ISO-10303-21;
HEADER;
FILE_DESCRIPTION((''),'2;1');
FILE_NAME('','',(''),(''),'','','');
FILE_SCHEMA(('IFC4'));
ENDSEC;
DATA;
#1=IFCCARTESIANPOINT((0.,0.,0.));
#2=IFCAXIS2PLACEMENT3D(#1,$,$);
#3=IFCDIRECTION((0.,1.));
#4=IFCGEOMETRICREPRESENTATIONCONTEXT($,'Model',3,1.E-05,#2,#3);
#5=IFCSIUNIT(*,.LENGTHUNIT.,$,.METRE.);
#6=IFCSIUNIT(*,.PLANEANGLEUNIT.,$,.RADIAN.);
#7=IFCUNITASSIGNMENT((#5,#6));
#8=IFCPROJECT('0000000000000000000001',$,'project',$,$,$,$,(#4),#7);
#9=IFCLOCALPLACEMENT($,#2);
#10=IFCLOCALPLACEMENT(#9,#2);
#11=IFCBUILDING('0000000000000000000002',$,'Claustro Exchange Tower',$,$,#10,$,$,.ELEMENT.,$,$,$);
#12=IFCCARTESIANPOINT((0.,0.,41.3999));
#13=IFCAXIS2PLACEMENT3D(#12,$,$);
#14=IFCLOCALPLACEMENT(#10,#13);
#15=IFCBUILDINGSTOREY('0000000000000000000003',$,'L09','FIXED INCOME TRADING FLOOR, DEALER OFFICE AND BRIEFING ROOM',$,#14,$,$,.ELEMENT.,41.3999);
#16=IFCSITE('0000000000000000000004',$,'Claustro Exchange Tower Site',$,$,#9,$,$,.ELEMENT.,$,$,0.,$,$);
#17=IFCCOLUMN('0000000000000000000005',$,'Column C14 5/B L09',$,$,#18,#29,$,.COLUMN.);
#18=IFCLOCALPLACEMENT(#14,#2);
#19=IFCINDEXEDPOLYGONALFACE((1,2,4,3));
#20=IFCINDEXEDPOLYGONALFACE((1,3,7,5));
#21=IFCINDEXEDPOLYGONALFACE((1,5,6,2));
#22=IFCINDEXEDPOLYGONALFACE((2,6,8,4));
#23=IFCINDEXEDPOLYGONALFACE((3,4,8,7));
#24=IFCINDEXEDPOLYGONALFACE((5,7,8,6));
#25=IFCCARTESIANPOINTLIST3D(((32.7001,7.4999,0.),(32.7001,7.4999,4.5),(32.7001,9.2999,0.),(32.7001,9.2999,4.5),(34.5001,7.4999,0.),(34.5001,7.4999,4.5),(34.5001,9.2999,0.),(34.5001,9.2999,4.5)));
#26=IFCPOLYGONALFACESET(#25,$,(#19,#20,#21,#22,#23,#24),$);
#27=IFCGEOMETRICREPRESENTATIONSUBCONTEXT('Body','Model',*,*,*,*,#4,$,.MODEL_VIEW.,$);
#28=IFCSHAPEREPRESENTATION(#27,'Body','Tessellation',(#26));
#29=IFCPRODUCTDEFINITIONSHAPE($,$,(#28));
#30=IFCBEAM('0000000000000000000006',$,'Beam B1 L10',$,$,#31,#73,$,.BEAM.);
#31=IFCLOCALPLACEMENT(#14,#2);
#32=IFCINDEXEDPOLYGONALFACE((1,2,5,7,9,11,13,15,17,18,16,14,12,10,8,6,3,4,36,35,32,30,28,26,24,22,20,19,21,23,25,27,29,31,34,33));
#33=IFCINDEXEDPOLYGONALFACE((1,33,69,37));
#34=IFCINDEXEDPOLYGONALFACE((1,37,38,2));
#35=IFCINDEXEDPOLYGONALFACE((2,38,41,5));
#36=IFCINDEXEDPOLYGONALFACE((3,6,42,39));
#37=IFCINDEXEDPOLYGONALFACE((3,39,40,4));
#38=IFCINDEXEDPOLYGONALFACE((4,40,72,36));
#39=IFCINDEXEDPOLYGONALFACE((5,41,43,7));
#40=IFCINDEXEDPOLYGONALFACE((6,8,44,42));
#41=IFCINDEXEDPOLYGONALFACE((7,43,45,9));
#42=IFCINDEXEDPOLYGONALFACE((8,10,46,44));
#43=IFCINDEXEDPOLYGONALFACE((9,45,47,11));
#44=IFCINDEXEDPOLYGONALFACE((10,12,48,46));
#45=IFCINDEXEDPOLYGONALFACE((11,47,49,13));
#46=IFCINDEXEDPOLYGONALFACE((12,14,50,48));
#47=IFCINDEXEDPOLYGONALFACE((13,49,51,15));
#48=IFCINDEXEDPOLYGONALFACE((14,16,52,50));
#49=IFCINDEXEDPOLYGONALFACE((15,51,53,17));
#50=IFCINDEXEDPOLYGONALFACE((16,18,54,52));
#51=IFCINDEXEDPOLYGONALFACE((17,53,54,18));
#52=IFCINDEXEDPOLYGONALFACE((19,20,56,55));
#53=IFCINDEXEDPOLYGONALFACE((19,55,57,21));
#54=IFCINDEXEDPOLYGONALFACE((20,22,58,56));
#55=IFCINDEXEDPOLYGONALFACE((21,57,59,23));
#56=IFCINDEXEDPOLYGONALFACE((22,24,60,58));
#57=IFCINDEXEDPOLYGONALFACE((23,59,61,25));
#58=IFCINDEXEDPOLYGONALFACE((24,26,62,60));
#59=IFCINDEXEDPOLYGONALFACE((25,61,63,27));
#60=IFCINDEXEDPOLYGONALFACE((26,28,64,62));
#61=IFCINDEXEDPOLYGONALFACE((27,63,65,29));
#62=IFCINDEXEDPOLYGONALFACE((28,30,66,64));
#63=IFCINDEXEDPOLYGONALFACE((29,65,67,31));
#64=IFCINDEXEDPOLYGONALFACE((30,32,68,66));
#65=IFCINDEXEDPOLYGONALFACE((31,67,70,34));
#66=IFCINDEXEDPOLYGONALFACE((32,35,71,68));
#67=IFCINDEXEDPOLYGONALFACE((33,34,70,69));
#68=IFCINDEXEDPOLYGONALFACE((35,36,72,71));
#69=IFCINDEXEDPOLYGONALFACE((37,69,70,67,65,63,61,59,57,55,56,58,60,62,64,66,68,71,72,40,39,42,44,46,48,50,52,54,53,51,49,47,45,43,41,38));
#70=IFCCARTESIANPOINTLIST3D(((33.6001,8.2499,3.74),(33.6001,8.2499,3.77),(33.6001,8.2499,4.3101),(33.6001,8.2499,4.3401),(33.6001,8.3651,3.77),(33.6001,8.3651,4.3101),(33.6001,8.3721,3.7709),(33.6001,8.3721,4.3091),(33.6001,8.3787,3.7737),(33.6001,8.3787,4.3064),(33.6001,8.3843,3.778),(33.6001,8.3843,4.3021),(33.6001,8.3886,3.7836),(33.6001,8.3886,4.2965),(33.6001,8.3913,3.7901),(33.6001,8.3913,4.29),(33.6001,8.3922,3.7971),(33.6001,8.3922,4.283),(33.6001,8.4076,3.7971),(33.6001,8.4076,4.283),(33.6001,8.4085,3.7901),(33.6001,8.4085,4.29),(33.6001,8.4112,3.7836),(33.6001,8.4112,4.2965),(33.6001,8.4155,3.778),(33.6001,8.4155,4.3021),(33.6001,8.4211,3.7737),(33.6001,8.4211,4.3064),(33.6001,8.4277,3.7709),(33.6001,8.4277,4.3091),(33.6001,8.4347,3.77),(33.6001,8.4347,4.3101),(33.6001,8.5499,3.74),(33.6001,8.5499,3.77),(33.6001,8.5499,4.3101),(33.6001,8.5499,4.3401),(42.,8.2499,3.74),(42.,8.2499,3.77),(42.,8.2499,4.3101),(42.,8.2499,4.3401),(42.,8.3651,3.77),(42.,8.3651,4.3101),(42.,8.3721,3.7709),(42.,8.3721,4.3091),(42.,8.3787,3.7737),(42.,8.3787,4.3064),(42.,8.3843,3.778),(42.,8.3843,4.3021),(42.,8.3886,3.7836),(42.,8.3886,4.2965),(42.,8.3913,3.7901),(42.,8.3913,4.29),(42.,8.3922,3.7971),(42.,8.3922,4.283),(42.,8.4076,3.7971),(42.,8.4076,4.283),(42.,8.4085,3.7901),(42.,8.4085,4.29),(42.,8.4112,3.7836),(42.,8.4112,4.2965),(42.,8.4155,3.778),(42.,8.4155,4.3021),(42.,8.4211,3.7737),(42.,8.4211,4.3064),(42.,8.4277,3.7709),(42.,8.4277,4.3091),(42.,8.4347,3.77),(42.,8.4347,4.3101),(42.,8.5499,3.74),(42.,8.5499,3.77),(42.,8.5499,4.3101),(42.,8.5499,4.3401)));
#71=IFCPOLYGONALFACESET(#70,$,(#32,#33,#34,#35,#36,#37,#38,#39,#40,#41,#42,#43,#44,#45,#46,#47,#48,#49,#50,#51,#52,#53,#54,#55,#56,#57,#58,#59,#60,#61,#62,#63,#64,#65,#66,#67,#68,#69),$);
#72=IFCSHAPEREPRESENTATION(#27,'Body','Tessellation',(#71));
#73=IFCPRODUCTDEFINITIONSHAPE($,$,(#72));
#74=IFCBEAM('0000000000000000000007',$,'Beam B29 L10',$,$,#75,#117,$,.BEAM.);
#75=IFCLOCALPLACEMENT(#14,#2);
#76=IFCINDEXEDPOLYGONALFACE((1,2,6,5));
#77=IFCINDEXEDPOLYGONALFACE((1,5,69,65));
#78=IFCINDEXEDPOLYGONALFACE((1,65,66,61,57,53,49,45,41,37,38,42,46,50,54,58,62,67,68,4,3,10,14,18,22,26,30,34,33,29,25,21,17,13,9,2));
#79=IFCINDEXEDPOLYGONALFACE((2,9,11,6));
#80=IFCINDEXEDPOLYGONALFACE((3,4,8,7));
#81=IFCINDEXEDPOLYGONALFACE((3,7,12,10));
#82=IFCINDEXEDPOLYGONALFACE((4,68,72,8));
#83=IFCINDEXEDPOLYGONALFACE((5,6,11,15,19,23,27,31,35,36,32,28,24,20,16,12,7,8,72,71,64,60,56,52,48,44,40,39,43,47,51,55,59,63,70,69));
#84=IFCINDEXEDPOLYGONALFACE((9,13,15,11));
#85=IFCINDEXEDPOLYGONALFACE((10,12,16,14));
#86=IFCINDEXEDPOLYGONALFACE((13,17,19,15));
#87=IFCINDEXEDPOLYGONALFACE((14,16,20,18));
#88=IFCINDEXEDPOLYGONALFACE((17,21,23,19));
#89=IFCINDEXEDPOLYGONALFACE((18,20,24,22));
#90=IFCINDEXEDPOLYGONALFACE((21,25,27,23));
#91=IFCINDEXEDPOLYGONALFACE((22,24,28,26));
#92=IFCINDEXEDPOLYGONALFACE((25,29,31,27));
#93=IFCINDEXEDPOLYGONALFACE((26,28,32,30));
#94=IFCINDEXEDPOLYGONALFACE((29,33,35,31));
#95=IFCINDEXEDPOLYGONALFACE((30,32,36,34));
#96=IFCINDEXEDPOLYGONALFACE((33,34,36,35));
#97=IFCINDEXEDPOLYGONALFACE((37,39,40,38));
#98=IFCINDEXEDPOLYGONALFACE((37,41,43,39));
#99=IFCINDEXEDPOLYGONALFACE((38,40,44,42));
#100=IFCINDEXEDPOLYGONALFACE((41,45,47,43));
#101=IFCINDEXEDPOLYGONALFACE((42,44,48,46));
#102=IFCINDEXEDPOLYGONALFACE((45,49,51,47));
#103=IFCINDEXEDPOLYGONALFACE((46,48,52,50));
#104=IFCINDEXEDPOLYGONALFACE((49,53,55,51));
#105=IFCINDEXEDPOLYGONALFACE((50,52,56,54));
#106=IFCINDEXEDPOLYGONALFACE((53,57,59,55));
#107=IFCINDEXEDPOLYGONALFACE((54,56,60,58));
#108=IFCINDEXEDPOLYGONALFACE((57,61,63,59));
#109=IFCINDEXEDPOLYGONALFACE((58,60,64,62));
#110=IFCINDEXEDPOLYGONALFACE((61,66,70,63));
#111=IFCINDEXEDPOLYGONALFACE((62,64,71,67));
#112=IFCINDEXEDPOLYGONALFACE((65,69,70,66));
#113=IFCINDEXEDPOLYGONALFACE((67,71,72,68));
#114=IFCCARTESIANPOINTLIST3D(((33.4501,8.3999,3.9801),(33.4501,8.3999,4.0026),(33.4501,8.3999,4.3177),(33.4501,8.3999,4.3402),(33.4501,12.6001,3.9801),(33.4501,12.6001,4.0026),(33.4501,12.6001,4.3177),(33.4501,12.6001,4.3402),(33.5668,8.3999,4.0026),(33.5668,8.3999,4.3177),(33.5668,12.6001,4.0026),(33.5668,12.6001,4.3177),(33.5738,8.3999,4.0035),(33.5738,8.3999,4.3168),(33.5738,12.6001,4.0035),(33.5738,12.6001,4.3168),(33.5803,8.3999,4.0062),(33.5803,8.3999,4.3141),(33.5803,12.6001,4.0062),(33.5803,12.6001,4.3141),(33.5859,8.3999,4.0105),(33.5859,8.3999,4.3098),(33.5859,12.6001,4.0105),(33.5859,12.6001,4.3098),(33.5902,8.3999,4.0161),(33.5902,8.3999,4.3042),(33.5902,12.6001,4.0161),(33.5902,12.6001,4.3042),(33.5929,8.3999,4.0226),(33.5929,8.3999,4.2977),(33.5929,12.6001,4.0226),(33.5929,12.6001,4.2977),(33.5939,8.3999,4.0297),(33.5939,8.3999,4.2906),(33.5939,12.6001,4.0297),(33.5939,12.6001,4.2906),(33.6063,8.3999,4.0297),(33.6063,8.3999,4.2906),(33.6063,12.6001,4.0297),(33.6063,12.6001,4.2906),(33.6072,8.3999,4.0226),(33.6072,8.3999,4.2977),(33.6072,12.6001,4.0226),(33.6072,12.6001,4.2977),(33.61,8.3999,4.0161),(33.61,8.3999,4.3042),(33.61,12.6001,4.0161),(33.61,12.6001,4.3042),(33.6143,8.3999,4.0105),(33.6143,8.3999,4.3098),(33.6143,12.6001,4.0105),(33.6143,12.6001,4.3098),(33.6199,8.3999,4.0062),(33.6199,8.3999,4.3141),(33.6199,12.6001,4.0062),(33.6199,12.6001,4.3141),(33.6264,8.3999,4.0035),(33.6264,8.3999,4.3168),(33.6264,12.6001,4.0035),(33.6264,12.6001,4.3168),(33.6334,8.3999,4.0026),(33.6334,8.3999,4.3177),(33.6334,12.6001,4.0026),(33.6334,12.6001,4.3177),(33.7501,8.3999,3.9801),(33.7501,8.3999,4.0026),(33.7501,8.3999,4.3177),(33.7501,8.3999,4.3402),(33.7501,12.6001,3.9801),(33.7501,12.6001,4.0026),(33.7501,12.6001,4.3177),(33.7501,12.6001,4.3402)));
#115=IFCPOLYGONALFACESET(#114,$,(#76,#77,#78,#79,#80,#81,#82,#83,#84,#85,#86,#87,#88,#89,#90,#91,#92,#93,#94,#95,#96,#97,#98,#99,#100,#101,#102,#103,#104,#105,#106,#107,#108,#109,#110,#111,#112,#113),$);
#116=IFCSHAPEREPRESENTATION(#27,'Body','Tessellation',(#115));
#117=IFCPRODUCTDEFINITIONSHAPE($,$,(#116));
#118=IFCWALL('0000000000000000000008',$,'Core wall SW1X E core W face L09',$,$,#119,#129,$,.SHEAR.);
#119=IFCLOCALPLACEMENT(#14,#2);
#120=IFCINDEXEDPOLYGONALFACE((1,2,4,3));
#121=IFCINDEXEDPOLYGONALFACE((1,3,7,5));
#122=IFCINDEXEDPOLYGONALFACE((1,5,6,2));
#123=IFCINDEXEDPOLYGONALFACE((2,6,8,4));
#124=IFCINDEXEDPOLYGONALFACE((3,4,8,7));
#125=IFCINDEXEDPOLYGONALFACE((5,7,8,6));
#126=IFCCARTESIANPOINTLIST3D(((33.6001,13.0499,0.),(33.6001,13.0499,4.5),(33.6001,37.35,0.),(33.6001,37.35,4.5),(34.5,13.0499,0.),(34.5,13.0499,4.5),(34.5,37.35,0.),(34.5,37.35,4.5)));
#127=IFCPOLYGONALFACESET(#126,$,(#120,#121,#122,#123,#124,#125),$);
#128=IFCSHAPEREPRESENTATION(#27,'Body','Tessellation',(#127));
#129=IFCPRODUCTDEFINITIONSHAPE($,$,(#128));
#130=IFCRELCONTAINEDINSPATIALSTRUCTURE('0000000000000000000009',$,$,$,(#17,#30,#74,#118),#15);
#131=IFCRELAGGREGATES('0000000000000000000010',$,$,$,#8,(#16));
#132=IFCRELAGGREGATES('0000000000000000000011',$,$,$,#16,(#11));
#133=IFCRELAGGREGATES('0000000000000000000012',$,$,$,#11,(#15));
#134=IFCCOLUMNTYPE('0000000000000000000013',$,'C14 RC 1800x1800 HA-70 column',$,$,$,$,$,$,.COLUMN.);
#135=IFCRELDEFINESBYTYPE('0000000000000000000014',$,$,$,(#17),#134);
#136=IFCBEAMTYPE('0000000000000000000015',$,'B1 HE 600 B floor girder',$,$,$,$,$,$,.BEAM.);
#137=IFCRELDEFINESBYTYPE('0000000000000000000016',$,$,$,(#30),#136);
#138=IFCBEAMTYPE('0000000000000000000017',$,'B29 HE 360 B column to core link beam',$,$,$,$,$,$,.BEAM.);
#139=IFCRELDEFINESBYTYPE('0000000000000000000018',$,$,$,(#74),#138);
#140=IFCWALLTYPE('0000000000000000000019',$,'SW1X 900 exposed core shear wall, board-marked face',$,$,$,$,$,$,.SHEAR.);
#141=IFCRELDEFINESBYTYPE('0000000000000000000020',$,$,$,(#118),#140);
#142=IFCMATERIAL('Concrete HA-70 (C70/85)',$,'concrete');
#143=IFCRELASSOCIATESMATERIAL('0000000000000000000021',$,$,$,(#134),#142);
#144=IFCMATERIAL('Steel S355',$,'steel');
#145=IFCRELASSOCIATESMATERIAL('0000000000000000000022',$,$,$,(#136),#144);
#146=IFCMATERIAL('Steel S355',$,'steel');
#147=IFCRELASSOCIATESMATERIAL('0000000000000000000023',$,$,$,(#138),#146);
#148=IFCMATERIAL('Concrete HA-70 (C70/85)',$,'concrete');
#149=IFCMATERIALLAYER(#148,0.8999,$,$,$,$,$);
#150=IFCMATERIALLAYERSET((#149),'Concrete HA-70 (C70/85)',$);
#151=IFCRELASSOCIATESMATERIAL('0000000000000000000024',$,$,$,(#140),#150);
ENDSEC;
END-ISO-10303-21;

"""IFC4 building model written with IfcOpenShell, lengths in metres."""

from ifc_helpers import new_model, si_unit, direction, frame, frame_2d, origin, origin_2d, place, context, subcontext, project, spatial, rectangle, i_section, extrude, material, layer, layer_set, material_profile, profile_set, type_object, element, save


model = new_model("IFC4")

# Units and contexts
model_context = context("Model", 3, precision=1e-05, world=origin(), true_north=direction((0.0, 1.0)))
body_context = subcontext(model_context, "Body", "Model", "MODEL_VIEW")
ifc_project = project(units=[si_unit("LENGTHUNIT", "METRE"), si_unit("PLANEANGLEUNIT", "RADIAN")], contexts=[model_context])

# Site, building, storey
site_placement = place(None, origin())
site = spatial("IfcSite", under=ifc_project, at=site_placement, Name="Claustro Exchange Tower Site", CompositionType="ELEMENT", RefElevation=0.0)
building_placement = place(site_placement, origin())
building = spatial("IfcBuilding", under=site, at=building_placement, Name="Claustro Exchange Tower", CompositionType="ELEMENT")
storey_placement = place(building_placement, frame((0.0, 0.0, 41.3999)))
storey = spatial("IfcBuildingStorey", under=building, at=storey_placement, Name="L09", Description="FIXED INCOME TRADING FLOOR, DEALER OFFICE AND BRIEFING ROOM", CompositionType="ELEMENT", Elevation=41.3999)

# Column
ifc_material_1 = material(Name="Concrete HA-70 (C70/85)", Category="concrete")
ifc_material_profile_1 = material_profile(ifc_material_1, rectangle(XDim=1.8, YDim=1.8, at=origin_2d()), Name="RC 1800x1800")
ifc_profile_set_1 = profile_set([ifc_material_profile_1], Name="Concrete HA-70 (C70/85)")
column_type = type_object("IfcColumnType", Name="C14 RC 1800x1800 HA-70 column", PredefinedType="COLUMN", material=ifc_profile_set_1)
column_placement = place(storey_placement, frame((33.6001, 8.3999, 0.0), z_axis=(0.0, 0.0, 1.0), x_axis=(1.0, 0.0, 0.0)))
element("IfcColumn", 1, at=column_placement, inside=storey, type_object=column_type, Name="Column C14 5/B L09", PredefinedType="COLUMN", context=body_context, shape_type="SweptSolid", body=[
    extrude(rectangle(XDim=1.8, YDim=1.8, at=origin_2d()), origin(), (0.0, 0.0, 1.0), 4.5),
])

# Beams
ifc_material_2 = material(Name="Steel S355", Category="steel")
ifc_material_profile_2 = material_profile(ifc_material_2, i_section(OverallWidth=0.3, OverallDepth=0.6001, WebThickness=0.0154, FlangeThickness=0.03, FilletRadius=0.0271, at=origin_2d()), Name="HE 600 B")
ifc_profile_set_2 = profile_set([ifc_material_profile_2], Name="Steel S355")
beam_type_1 = type_object("IfcBeamType", Name="B1 HE 600 B floor girder", PredefinedType="BEAM", material=ifc_profile_set_2)
beam_1_placement = place(storey_placement, frame((33.6001, 8.3999, 4.04), z_axis=(1.0, 0.0, 0.0), x_axis=(0.0, 1.0, 0.0)))
element("IfcBeam", 2, at=beam_1_placement, inside=storey, type_object=beam_type_1, Name="Beam B1 L10", PredefinedType="BEAM", context=body_context, shape_type="SweptSolid", body=[
    extrude(i_section(OverallWidth=0.3, OverallDepth=0.6001, WebThickness=0.0154, FlangeThickness=0.03, FilletRadius=0.0271, at=origin_2d()), origin(), (0.0, 0.0, 1.0), 8.3999),
])
ifc_material_3 = material(Name="Steel S355", Category="steel")
ifc_material_profile_3 = material_profile(ifc_material_3, i_section(OverallWidth=0.3, OverallDepth=0.3601, WebThickness=0.0125, FlangeThickness=0.0225, FilletRadius=0.0271, at=origin_2d()), Name="HE 360 B")
ifc_profile_set_3 = profile_set([ifc_material_profile_3], Name="Steel S355")
beam_type_2 = type_object("IfcBeamType", Name="B29 HE 360 B column to core link beam", PredefinedType="BEAM", material=ifc_profile_set_3)
beam_2_placement = place(storey_placement, frame((33.6001, 8.3999, 4.1602), z_axis=(0.0, 1.0, 0.0), x_axis=(-1.0, 0.0, 0.0)))
element("IfcBeam", 3, at=beam_2_placement, inside=storey, type_object=beam_type_2, Name="Beam B29 L10", PredefinedType="BEAM", context=body_context, shape_type="SweptSolid", body=[
    extrude(i_section(OverallWidth=0.3, OverallDepth=0.3601, WebThickness=0.0125, FlangeThickness=0.0225, FilletRadius=0.0271, at=origin_2d()), origin(), (0.0, 0.0, 1.0), 4.2002),
])

# Wall
ifc_material_4 = material(Name="Concrete HA-70 (C70/85)", Category="concrete")
ifc_layer_1 = layer(ifc_material_4, 0.8999)
ifc_layer_set_1 = layer_set([ifc_layer_1], Name="Concrete HA-70 (C70/85)")
wall_type_1 = type_object("IfcWallType", Name="SW1X 900 exposed core shear wall, board-marked face", PredefinedType="SHEAR", material=ifc_layer_set_1)
wall_1_placement = place(storey_placement, frame((34.05, 13.05, 0.0), z_axis=(0.0, 0.0, 1.0), x_axis=(0.0, 1.0, 0.0)))
element("IfcWall", 4, at=wall_1_placement, inside=storey, type_object=wall_type_1, Name="Core wall SW1X E core W face L09", PredefinedType="SHEAR", context=body_context, shape_type="SweptSolid", body=[
    extrude(rectangle(XDim=24.3, YDim=0.8999, at=frame_2d((12.1499, 0.0))), origin(), (0.0, 0.0, 1.0), 4.5),
])

save(model, "model.ifc")
